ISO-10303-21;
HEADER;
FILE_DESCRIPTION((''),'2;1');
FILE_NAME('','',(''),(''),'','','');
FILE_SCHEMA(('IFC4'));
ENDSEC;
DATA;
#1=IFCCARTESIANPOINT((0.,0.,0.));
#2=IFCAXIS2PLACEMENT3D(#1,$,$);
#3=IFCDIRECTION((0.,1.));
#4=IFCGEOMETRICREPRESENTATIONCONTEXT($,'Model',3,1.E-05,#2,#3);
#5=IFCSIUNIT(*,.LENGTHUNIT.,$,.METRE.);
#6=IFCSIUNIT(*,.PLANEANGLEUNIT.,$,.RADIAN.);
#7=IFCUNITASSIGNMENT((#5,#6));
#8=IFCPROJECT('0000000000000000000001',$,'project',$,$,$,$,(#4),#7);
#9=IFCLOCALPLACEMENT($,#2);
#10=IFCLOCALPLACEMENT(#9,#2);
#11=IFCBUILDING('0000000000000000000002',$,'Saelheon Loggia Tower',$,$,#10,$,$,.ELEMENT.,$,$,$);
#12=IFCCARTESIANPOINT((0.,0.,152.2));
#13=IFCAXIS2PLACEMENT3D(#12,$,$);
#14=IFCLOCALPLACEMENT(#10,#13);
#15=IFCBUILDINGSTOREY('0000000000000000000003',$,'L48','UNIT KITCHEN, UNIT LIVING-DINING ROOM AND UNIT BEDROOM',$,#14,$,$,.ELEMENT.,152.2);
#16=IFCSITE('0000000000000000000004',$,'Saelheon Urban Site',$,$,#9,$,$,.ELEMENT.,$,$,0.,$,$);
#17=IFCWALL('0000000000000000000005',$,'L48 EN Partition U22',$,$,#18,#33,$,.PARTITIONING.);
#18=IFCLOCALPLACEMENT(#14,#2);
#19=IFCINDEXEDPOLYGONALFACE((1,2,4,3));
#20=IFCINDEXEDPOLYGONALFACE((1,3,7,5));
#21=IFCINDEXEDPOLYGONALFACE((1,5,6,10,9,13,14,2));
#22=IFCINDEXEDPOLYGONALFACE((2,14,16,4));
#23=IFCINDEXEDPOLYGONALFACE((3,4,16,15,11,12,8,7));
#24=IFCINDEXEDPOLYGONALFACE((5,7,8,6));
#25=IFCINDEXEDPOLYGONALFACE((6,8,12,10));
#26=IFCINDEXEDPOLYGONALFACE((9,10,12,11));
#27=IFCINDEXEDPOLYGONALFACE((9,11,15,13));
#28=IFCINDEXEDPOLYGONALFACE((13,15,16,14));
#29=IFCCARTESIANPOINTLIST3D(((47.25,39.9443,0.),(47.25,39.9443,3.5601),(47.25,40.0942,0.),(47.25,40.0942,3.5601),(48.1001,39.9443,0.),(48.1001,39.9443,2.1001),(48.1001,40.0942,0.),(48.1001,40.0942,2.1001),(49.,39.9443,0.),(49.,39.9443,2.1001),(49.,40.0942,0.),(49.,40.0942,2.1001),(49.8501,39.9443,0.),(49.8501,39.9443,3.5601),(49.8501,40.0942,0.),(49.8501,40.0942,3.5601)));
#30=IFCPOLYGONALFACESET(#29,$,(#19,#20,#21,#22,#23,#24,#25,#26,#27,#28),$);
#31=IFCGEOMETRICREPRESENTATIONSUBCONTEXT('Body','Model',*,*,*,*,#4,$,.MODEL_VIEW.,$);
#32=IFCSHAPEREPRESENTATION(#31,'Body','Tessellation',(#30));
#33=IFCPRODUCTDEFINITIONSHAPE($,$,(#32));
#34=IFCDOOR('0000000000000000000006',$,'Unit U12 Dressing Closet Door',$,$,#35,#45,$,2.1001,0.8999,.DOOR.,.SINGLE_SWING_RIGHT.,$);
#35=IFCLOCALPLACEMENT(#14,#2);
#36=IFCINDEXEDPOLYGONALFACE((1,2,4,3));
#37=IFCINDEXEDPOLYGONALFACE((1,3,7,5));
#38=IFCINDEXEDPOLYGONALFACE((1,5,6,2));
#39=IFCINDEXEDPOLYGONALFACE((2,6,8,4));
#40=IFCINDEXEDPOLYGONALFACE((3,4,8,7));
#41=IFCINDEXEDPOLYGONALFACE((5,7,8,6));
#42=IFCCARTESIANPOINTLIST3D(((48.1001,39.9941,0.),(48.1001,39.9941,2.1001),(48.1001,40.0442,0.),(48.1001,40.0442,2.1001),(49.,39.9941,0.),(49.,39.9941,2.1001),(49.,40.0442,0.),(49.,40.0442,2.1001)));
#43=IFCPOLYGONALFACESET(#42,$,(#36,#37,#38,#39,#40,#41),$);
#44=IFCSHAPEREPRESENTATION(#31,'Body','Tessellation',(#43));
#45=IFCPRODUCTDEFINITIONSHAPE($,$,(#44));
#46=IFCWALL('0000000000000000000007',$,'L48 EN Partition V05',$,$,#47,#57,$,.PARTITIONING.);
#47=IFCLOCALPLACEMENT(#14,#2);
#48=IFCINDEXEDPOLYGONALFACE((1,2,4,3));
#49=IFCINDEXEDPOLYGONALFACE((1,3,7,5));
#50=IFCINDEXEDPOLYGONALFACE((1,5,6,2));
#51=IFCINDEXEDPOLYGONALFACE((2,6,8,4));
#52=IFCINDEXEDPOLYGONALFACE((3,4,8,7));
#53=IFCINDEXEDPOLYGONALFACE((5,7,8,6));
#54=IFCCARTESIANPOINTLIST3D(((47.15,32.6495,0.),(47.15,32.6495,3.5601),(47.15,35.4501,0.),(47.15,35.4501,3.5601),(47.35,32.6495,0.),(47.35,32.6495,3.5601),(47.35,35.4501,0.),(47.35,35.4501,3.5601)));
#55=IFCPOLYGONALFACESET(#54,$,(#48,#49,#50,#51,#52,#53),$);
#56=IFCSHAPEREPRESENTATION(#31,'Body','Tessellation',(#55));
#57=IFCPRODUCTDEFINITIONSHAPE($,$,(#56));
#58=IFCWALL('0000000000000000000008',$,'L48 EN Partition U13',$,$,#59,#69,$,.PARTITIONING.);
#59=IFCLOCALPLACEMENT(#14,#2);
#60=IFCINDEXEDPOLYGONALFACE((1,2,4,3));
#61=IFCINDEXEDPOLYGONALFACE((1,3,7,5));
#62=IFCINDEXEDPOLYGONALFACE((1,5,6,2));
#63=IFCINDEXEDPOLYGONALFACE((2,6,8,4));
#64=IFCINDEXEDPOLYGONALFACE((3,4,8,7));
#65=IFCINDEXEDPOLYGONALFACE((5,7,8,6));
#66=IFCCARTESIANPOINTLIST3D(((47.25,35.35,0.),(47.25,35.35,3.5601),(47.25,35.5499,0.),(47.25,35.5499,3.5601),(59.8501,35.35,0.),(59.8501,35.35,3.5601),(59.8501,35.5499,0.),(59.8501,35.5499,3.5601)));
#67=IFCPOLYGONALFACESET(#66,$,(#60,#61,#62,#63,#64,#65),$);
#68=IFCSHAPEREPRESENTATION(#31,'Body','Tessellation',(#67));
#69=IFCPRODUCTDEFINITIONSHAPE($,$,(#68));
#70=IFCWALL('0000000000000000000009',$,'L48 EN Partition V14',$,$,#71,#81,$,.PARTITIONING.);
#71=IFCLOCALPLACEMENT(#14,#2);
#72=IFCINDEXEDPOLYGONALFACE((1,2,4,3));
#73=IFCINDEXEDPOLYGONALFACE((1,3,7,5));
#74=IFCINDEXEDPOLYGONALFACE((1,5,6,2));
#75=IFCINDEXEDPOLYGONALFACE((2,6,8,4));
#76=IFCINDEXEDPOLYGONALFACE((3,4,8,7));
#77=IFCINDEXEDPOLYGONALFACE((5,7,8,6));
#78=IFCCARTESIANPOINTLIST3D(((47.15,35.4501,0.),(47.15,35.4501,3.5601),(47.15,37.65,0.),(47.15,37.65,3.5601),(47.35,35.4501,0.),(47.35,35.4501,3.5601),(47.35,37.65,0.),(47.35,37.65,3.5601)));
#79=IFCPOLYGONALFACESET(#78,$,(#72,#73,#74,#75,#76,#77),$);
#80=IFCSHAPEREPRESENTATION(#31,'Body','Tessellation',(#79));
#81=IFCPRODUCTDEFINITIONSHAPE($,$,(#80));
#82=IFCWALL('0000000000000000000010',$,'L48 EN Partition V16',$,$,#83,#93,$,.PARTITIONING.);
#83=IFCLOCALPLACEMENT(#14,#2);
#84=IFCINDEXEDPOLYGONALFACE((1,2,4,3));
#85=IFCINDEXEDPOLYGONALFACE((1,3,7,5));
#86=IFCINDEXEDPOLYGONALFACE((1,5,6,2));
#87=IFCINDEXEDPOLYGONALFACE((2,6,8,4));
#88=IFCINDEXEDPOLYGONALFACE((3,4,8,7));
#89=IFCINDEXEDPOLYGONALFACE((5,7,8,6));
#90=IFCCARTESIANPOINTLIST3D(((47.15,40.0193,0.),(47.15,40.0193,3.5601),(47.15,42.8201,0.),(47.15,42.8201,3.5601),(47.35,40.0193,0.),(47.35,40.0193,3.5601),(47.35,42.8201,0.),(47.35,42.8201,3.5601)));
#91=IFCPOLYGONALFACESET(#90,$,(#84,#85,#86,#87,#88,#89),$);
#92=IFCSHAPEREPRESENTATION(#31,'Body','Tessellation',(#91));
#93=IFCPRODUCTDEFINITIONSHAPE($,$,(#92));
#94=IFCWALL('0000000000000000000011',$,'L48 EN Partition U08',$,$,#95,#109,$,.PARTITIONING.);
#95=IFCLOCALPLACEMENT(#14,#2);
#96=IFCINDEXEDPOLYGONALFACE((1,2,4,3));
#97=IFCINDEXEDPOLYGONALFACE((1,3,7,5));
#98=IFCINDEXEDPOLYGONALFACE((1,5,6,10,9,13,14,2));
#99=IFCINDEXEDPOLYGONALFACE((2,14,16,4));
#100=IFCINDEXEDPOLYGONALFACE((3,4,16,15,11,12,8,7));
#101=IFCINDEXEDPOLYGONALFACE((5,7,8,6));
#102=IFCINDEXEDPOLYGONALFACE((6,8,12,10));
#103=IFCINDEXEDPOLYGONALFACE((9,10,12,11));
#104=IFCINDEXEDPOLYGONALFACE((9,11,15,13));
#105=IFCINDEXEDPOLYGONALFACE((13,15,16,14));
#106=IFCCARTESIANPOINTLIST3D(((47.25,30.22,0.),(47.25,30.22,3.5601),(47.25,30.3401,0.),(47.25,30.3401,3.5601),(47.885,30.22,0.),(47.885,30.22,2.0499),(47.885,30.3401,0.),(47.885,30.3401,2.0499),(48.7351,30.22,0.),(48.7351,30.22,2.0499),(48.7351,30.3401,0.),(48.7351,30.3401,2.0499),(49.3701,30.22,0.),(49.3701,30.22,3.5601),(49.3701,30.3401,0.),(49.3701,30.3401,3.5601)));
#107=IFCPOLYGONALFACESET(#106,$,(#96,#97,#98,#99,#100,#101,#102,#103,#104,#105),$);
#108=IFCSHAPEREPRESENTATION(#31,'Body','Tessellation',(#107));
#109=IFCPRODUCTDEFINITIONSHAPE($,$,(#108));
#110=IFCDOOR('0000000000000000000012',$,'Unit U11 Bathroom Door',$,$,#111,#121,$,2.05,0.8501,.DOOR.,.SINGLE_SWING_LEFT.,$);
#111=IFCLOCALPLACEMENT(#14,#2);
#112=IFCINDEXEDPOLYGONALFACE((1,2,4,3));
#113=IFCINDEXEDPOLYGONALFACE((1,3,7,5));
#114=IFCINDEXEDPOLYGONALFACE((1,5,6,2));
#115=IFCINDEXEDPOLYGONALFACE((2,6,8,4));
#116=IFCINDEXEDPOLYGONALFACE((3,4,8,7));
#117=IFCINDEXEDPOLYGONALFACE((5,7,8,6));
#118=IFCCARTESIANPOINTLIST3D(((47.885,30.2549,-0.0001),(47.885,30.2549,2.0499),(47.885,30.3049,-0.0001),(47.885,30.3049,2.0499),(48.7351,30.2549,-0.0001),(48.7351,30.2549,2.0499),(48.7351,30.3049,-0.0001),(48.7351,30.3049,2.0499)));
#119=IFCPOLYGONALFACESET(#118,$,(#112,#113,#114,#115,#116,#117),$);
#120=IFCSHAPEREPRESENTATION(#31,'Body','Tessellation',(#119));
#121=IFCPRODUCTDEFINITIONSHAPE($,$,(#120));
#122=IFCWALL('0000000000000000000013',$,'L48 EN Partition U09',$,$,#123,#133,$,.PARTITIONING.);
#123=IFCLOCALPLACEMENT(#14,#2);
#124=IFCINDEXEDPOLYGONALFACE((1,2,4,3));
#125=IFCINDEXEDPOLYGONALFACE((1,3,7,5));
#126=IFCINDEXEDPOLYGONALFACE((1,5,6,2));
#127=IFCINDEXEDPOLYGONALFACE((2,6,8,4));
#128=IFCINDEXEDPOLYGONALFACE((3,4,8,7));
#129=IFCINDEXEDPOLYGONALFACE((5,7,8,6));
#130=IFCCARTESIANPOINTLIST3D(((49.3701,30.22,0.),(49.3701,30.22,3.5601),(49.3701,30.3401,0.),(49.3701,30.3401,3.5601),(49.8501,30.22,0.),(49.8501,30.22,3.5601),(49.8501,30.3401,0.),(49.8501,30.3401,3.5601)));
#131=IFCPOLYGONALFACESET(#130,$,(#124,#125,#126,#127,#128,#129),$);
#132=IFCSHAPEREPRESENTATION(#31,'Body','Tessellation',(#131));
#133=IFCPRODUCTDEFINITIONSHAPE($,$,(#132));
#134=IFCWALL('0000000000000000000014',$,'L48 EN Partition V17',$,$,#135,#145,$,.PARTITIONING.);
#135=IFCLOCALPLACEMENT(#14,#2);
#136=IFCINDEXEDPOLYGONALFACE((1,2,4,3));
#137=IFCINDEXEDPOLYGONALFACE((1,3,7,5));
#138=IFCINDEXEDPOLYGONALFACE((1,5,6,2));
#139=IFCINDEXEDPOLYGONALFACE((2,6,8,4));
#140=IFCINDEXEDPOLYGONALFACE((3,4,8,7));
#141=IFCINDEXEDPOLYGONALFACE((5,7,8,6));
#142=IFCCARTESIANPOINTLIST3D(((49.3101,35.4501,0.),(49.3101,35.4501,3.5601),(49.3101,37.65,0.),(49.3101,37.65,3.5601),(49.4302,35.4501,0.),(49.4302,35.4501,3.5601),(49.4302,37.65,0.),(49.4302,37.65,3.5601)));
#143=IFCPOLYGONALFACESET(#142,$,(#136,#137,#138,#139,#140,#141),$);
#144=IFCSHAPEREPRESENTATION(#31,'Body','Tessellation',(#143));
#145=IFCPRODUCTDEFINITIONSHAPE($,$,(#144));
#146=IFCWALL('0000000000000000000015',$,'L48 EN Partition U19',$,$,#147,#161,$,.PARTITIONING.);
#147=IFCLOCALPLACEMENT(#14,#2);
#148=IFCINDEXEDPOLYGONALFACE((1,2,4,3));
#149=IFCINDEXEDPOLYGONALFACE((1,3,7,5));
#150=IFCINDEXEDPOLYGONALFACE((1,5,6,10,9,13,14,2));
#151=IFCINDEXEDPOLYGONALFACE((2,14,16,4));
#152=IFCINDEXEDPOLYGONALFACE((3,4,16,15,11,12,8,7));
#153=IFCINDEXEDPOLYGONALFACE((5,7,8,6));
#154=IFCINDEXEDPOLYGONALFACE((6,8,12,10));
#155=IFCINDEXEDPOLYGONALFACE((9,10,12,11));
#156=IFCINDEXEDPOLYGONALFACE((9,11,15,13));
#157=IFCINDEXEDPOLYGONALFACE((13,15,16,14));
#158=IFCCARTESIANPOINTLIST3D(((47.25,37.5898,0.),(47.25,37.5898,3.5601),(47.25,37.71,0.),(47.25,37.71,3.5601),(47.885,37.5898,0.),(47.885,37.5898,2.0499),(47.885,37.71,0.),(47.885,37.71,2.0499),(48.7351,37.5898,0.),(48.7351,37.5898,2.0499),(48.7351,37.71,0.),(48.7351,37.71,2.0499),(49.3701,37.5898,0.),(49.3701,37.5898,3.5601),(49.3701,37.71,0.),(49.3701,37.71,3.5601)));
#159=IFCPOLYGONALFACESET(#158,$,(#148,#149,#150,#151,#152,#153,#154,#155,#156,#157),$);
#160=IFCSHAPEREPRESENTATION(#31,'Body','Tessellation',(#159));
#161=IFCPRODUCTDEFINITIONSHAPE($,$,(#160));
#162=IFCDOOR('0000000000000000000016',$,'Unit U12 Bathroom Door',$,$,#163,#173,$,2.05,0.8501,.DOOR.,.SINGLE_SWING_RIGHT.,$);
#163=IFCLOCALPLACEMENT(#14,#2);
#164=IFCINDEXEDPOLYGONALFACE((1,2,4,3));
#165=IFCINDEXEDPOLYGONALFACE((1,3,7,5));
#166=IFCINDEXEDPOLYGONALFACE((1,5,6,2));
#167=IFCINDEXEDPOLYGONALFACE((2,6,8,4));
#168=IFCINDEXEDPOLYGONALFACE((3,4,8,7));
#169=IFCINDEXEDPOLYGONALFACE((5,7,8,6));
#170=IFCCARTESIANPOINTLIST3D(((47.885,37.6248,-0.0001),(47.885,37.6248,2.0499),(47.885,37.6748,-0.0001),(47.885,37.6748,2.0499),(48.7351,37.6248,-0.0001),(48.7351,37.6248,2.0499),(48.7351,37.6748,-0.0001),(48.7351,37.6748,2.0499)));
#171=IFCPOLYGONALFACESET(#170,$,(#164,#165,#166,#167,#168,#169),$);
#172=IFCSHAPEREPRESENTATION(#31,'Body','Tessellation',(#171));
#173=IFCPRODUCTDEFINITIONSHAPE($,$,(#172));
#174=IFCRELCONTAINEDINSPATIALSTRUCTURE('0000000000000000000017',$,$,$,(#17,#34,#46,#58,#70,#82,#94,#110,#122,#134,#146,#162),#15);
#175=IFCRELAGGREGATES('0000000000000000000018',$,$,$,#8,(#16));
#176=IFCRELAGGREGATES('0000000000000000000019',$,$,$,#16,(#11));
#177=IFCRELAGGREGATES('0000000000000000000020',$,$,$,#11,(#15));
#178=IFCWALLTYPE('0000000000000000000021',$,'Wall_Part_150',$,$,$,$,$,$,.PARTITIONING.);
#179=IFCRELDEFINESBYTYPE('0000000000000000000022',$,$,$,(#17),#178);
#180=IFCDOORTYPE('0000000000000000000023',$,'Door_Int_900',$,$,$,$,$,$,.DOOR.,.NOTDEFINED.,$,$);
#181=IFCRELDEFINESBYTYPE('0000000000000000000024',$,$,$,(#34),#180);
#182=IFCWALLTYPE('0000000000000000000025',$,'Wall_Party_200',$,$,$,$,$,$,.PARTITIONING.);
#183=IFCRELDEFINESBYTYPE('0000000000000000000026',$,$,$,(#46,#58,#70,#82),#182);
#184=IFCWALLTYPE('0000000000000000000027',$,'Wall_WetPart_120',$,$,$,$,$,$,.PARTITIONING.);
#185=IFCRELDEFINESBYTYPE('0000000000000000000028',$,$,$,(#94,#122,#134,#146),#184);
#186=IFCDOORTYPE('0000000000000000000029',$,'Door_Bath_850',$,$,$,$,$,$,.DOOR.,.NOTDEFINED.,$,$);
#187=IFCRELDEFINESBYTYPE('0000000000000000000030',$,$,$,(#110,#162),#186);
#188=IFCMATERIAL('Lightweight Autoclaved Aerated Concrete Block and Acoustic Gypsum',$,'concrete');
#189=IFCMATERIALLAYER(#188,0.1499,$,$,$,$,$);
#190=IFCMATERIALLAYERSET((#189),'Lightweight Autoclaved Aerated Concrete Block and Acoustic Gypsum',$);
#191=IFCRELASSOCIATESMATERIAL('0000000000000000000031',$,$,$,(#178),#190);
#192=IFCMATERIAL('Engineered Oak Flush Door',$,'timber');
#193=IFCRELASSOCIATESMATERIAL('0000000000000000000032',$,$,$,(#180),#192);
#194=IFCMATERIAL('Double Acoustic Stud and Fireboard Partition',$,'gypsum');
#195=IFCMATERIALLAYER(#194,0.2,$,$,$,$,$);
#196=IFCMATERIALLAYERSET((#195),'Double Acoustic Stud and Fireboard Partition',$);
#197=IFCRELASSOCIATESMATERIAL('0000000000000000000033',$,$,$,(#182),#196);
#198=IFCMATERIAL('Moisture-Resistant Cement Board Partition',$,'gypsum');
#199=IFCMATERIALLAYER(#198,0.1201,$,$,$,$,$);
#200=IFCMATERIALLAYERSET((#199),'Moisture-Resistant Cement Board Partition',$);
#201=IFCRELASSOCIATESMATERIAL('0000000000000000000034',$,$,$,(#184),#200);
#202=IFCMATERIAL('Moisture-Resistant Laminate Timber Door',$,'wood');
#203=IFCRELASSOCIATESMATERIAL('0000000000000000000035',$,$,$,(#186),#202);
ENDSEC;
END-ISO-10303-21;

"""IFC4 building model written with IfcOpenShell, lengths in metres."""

from ifc_helpers import new_model, si_unit, direction, frame, frame_2d, origin, place, context, subcontext, project, spatial, rectangle, extrude, source, transform, mapped, material, layer, layer_set, type_object, element, fill, save


model = new_model("IFC4")

# Units and contexts
model_context = context("Model", 3, precision=1e-05, world=origin(), true_north=direction((0.0, 1.0)))
body_context = subcontext(model_context, "Body", "Model", "MODEL_VIEW")
ifc_project = project(units=[si_unit("LENGTHUNIT", "METRE"), si_unit("PLANEANGLEUNIT", "RADIAN")], contexts=[model_context])

# Site, building, storey
site_placement = place(None, origin())
site = spatial("IfcSite", under=ifc_project, at=site_placement, Name="Saelheon Urban Site", CompositionType="ELEMENT", RefElevation=0.0)
building_placement = place(site_placement, origin())
building = spatial("IfcBuilding", under=site, at=building_placement, Name="Saelheon Loggia Tower", CompositionType="ELEMENT")
storey_placement = place(building_placement, frame((0.0, 0.0, 152.2)))
storey = spatial("IfcBuildingStorey", under=building, at=storey_placement, Name="L48", Description="UNIT KITCHEN, UNIT LIVING-DINING ROOM AND UNIT BEDROOM", CompositionType="ELEMENT", Elevation=152.2)

# Shared definitions
ifc_material_1 = material(Name="Lightweight Autoclaved Aerated Concrete Block and Acoustic Gypsum", Category="concrete")
ifc_layer_1 = layer(ifc_material_1, 0.1499)
ifc_layer_set_1 = layer_set([ifc_layer_1], Name="Lightweight Autoclaved Aerated Concrete Block and Acoustic Gypsum")
wall_type_1 = type_object("IfcWallType", Name="Wall_Part_150", PredefinedType="PARTITIONING", material=ifc_layer_set_1)

# Shared definitions
ifc_material_2 = material(Name="Engineered Oak Flush Door", Category="timber")
door_type_1 = type_object("IfcDoorType", Name="Door_Int_900", OperationType="NOTDEFINED", PredefinedType="DOOR", material=ifc_material_2)
shared_shape_1 = source(origin(), body_context, "Body", "SweptSolid", [
    extrude(rectangle(XDim=0.8999, YDim=2.1001, at=frame_2d((0.45, 1.05))), frame((0.0, 0.0249, 0.0), z_axis=(0.0, -1.0, 0.0), x_axis=(1.0, 0.0, 0.0)), (0.0, 0.0, 1.0), 0.05),
])

# Wall, opening, door
wall_1_placement = place(storey_placement, frame((47.25, 40.0193, 0.0), z_axis=(0.0, 0.0, 1.0), x_axis=(1.0, 0.0, 0.0)))
wall_1 = element("IfcWall", 1, at=wall_1_placement, inside=storey, type_object=wall_type_1, Name="L48 EN Partition U22", PredefinedType="PARTITIONING", context=body_context, shape_type="SweptSolid", body=[
    extrude(rectangle(XDim=2.6001, YDim=0.1499, at=frame_2d((1.3, 0.0))), origin(), (0.0, 0.0, 1.0), 3.5601),
])
opening_1_placement = place(wall_1_placement, frame((0.8501, 0.0, 0.0)))
opening_1 = element("IfcOpeningElement", 2, at=opening_1_placement, cuts=wall_1, PredefinedType="OPENING", context=body_context, shape_type="SweptSolid", body=[
    extrude(rectangle(XDim=0.8999, YDim=2.1001, at=frame_2d((0.45, 1.05))), frame((0.0, 0.0869, 0.0), z_axis=(0.0, -1.0, 0.0), x_axis=(1.0, 0.0, 0.0)), (0.0, 0.0, 1.0), 0.1738),
])
door_1_placement = place(opening_1_placement, origin())
door_1 = element("IfcDoor", 3, at=door_1_placement, inside=storey, type_object=door_type_1, Name="Unit U12 Dressing Closet Door", OperationType="SINGLE_SWING_RIGHT", OverallHeight=2.1001, OverallWidth=0.8999, PredefinedType="DOOR", context=body_context, shape_type="MappedRepresentation", body=[
    mapped(shared_shape_1, transform((0.0, 0.0, 0.0), scale=1.0)),
])
fill(opening_1, door_1)
ifc_material_3 = material(Name="Double Acoustic Stud and Fireboard Partition", Category="gypsum")
ifc_layer_2 = layer(ifc_material_3, 0.2)
ifc_layer_set_2 = layer_set([ifc_layer_2], Name="Double Acoustic Stud and Fireboard Partition")
wall_type_2 = type_object("IfcWallType", Name="Wall_Party_200", PredefinedType="PARTITIONING", material=ifc_layer_set_2)

# Walls
wall_2_placement = place(storey_placement, frame((47.25, 32.6494, 0.0), z_axis=(0.0, 0.0, 1.0), x_axis=(0.0, 1.0, 0.0)))
element("IfcWall", 4, at=wall_2_placement, inside=storey, type_object=wall_type_2, Name="L48 EN Partition V05", PredefinedType="PARTITIONING", context=body_context, shape_type="SweptSolid", body=[
    extrude(rectangle(XDim=2.8005, YDim=0.2, at=frame_2d((1.4004, 0.0))), origin(), (0.0, 0.0, 1.0), 3.5601),
])
wall_3_placement = place(storey_placement, frame((47.25, 35.45, 0.0), z_axis=(0.0, 0.0, 1.0), x_axis=(1.0, 0.0, 0.0)))
element("IfcWall", 5, at=wall_3_placement, inside=storey, type_object=wall_type_2, Name="L48 EN Partition U13", PredefinedType="PARTITIONING", context=body_context, shape_type="SweptSolid", body=[
    extrude(rectangle(XDim=12.6001, YDim=0.2, at=frame_2d((6.3, 0.0))), origin(), (0.0, 0.0, 1.0), 3.5601),
])
wall_4_placement = place(storey_placement, frame((47.25, 35.45, 0.0), z_axis=(0.0, 0.0, 1.0), x_axis=(0.0, 1.0, 0.0)))
element("IfcWall", 6, at=wall_4_placement, inside=storey, type_object=wall_type_2, Name="L48 EN Partition V14", PredefinedType="PARTITIONING", context=body_context, shape_type="SweptSolid", body=[
    extrude(rectangle(XDim=2.2, YDim=0.2, at=frame_2d((1.1001, 0.0))), origin(), (0.0, 0.0, 1.0), 3.5601),
])

# Wall
wall_5_placement = place(storey_placement, frame((47.25, 40.0193, 0.0), z_axis=(0.0, 0.0, 1.0), x_axis=(0.0, 1.0, 0.0)))
element("IfcWall", 7, at=wall_5_placement, inside=storey, type_object=wall_type_2, Name="L48 EN Partition V16", PredefinedType="PARTITIONING", context=body_context, shape_type="SweptSolid", body=[
    extrude(rectangle(XDim=2.8008, YDim=0.2, at=frame_2d((1.4004, 0.0))), origin(), (0.0, 0.0, 1.0), 3.5601),
])

# Wall, opening, door
ifc_material_4 = material(Name="Moisture-Resistant Cement Board Partition", Category="gypsum")
ifc_layer_3 = layer(ifc_material_4, 0.1201)
ifc_layer_set_3 = layer_set([ifc_layer_3], Name="Moisture-Resistant Cement Board Partition")
wall_type_3 = type_object("IfcWallType", Name="Wall_WetPart_120", PredefinedType="PARTITIONING", material=ifc_layer_set_3)
wall_6_placement = place(storey_placement, frame((47.25, 30.28, 0.0), z_axis=(0.0, 0.0, 1.0), x_axis=(1.0, 0.0, 0.0)))
wall_6 = element("IfcWall", 8, at=wall_6_placement, inside=storey, type_object=wall_type_3, Name="L48 EN Partition U08", PredefinedType="PARTITIONING", context=body_context, shape_type="SweptSolid", body=[
    extrude(rectangle(XDim=2.1201, YDim=0.1201, at=frame_2d((1.0601, 0.0))), origin(), (0.0, 0.0, 1.0), 3.5601),
])
opening_2_placement = place(wall_6_placement, frame((0.635, 0.0, 0.0)))
opening_2 = element("IfcOpeningElement", 9, at=opening_2_placement, cuts=wall_6, PredefinedType="OPENING", context=body_context, shape_type="SweptSolid", body=[
    extrude(rectangle(XDim=0.8501, YDim=2.05, at=frame_2d((0.425, 1.0249))), frame((0.0, 0.072, 0.0), z_axis=(0.0, -1.0, 0.0), x_axis=(1.0, 0.0, 0.0)), (0.0, 0.0, 1.0), 0.144),
])
ifc_material_5 = material(Name="Moisture-Resistant Laminate Timber Door", Category="wood")
door_type_2 = type_object("IfcDoorType", Name="Door_Bath_850", OperationType="NOTDEFINED", PredefinedType="DOOR", material=ifc_material_5)
shared_shape_2 = source(origin(), body_context, "Body", "SweptSolid", [
    extrude(rectangle(XDim=0.8501, YDim=2.05, at=frame_2d((0.425, 1.0249))), frame((0.0, 0.0249, 0.0), z_axis=(0.0, -1.0, 0.0), x_axis=(1.0, 0.0, 0.0)), (0.0, 0.0, 1.0), 0.05),
])
door_2_placement = place(opening_2_placement, origin())
door_2 = element("IfcDoor", 10, at=door_2_placement, inside=storey, type_object=door_type_2, Name="Unit U11 Bathroom Door", OperationType="SINGLE_SWING_LEFT", OverallHeight=2.05, OverallWidth=0.8501, PredefinedType="DOOR", context=body_context, shape_type="MappedRepresentation", body=[
    mapped(shared_shape_2, transform((0.0, 0.0, 0.0), scale=1.0)),
])
fill(opening_2, door_2)

# Walls
wall_7_placement = place(storey_placement, frame((49.3701, 30.28, 0.0), z_axis=(0.0, 0.0, 1.0), x_axis=(1.0, 0.0, 0.0)))
element("IfcWall", 11, at=wall_7_placement, inside=storey, type_object=wall_type_3, Name="L48 EN Partition U09", PredefinedType="PARTITIONING", context=body_context, shape_type="SweptSolid", body=[
    extrude(rectangle(XDim=0.48, YDim=0.1201, at=frame_2d((0.24, 0.0))), origin(), (0.0, 0.0, 1.0), 3.5601),
])
wall_8_placement = place(storey_placement, frame((49.3701, 35.45, 0.0), z_axis=(0.0, 0.0, 1.0), x_axis=(0.0, 1.0, 0.0)))
element("IfcWall", 12, at=wall_8_placement, inside=storey, type_object=wall_type_3, Name="L48 EN Partition V17", PredefinedType="PARTITIONING", context=body_context, shape_type="SweptSolid", body=[
    extrude(rectangle(XDim=2.2, YDim=0.1201, at=frame_2d((1.1001, 0.0))), origin(), (0.0, 0.0, 1.0), 3.5601),
])

# Wall, opening, door
wall_9_placement = place(storey_placement, frame((47.25, 37.6499, 0.0), z_axis=(0.0, 0.0, 1.0), x_axis=(1.0, 0.0, 0.0)))
wall_9 = element("IfcWall", 13, at=wall_9_placement, inside=storey, type_object=wall_type_3, Name="L48 EN Partition U19", PredefinedType="PARTITIONING", context=body_context, shape_type="SweptSolid", body=[
    extrude(rectangle(XDim=2.1201, YDim=0.1201, at=frame_2d((1.0601, 0.0))), origin(), (0.0, 0.0, 1.0), 3.5601),
])
opening_3_placement = place(wall_9_placement, frame((0.635, 0.0, 0.0)))
opening_3 = element("IfcOpeningElement", 14, at=opening_3_placement, cuts=wall_9, PredefinedType="OPENING", context=body_context, shape_type="SweptSolid", body=[
    extrude(rectangle(XDim=0.8501, YDim=2.05, at=frame_2d((0.425, 1.0249))), frame((0.0, 0.072, 0.0), z_axis=(0.0, -1.0, 0.0), x_axis=(1.0, 0.0, 0.0)), (0.0, 0.0, 1.0), 0.144),
])
door_3_placement = place(opening_3_placement, origin())
door_3 = element("IfcDoor", 15, at=door_3_placement, inside=storey, type_object=door_type_2, Name="Unit U12 Bathroom Door", OperationType="SINGLE_SWING_RIGHT", OverallHeight=2.05, OverallWidth=0.8501, PredefinedType="DOOR", context=body_context, shape_type="MappedRepresentation", body=[
    mapped(shared_shape_2, transform((0.0, 0.0, 0.0), scale=1.0)),
])
fill(opening_3, door_3)

save(model, "model.ifc")
